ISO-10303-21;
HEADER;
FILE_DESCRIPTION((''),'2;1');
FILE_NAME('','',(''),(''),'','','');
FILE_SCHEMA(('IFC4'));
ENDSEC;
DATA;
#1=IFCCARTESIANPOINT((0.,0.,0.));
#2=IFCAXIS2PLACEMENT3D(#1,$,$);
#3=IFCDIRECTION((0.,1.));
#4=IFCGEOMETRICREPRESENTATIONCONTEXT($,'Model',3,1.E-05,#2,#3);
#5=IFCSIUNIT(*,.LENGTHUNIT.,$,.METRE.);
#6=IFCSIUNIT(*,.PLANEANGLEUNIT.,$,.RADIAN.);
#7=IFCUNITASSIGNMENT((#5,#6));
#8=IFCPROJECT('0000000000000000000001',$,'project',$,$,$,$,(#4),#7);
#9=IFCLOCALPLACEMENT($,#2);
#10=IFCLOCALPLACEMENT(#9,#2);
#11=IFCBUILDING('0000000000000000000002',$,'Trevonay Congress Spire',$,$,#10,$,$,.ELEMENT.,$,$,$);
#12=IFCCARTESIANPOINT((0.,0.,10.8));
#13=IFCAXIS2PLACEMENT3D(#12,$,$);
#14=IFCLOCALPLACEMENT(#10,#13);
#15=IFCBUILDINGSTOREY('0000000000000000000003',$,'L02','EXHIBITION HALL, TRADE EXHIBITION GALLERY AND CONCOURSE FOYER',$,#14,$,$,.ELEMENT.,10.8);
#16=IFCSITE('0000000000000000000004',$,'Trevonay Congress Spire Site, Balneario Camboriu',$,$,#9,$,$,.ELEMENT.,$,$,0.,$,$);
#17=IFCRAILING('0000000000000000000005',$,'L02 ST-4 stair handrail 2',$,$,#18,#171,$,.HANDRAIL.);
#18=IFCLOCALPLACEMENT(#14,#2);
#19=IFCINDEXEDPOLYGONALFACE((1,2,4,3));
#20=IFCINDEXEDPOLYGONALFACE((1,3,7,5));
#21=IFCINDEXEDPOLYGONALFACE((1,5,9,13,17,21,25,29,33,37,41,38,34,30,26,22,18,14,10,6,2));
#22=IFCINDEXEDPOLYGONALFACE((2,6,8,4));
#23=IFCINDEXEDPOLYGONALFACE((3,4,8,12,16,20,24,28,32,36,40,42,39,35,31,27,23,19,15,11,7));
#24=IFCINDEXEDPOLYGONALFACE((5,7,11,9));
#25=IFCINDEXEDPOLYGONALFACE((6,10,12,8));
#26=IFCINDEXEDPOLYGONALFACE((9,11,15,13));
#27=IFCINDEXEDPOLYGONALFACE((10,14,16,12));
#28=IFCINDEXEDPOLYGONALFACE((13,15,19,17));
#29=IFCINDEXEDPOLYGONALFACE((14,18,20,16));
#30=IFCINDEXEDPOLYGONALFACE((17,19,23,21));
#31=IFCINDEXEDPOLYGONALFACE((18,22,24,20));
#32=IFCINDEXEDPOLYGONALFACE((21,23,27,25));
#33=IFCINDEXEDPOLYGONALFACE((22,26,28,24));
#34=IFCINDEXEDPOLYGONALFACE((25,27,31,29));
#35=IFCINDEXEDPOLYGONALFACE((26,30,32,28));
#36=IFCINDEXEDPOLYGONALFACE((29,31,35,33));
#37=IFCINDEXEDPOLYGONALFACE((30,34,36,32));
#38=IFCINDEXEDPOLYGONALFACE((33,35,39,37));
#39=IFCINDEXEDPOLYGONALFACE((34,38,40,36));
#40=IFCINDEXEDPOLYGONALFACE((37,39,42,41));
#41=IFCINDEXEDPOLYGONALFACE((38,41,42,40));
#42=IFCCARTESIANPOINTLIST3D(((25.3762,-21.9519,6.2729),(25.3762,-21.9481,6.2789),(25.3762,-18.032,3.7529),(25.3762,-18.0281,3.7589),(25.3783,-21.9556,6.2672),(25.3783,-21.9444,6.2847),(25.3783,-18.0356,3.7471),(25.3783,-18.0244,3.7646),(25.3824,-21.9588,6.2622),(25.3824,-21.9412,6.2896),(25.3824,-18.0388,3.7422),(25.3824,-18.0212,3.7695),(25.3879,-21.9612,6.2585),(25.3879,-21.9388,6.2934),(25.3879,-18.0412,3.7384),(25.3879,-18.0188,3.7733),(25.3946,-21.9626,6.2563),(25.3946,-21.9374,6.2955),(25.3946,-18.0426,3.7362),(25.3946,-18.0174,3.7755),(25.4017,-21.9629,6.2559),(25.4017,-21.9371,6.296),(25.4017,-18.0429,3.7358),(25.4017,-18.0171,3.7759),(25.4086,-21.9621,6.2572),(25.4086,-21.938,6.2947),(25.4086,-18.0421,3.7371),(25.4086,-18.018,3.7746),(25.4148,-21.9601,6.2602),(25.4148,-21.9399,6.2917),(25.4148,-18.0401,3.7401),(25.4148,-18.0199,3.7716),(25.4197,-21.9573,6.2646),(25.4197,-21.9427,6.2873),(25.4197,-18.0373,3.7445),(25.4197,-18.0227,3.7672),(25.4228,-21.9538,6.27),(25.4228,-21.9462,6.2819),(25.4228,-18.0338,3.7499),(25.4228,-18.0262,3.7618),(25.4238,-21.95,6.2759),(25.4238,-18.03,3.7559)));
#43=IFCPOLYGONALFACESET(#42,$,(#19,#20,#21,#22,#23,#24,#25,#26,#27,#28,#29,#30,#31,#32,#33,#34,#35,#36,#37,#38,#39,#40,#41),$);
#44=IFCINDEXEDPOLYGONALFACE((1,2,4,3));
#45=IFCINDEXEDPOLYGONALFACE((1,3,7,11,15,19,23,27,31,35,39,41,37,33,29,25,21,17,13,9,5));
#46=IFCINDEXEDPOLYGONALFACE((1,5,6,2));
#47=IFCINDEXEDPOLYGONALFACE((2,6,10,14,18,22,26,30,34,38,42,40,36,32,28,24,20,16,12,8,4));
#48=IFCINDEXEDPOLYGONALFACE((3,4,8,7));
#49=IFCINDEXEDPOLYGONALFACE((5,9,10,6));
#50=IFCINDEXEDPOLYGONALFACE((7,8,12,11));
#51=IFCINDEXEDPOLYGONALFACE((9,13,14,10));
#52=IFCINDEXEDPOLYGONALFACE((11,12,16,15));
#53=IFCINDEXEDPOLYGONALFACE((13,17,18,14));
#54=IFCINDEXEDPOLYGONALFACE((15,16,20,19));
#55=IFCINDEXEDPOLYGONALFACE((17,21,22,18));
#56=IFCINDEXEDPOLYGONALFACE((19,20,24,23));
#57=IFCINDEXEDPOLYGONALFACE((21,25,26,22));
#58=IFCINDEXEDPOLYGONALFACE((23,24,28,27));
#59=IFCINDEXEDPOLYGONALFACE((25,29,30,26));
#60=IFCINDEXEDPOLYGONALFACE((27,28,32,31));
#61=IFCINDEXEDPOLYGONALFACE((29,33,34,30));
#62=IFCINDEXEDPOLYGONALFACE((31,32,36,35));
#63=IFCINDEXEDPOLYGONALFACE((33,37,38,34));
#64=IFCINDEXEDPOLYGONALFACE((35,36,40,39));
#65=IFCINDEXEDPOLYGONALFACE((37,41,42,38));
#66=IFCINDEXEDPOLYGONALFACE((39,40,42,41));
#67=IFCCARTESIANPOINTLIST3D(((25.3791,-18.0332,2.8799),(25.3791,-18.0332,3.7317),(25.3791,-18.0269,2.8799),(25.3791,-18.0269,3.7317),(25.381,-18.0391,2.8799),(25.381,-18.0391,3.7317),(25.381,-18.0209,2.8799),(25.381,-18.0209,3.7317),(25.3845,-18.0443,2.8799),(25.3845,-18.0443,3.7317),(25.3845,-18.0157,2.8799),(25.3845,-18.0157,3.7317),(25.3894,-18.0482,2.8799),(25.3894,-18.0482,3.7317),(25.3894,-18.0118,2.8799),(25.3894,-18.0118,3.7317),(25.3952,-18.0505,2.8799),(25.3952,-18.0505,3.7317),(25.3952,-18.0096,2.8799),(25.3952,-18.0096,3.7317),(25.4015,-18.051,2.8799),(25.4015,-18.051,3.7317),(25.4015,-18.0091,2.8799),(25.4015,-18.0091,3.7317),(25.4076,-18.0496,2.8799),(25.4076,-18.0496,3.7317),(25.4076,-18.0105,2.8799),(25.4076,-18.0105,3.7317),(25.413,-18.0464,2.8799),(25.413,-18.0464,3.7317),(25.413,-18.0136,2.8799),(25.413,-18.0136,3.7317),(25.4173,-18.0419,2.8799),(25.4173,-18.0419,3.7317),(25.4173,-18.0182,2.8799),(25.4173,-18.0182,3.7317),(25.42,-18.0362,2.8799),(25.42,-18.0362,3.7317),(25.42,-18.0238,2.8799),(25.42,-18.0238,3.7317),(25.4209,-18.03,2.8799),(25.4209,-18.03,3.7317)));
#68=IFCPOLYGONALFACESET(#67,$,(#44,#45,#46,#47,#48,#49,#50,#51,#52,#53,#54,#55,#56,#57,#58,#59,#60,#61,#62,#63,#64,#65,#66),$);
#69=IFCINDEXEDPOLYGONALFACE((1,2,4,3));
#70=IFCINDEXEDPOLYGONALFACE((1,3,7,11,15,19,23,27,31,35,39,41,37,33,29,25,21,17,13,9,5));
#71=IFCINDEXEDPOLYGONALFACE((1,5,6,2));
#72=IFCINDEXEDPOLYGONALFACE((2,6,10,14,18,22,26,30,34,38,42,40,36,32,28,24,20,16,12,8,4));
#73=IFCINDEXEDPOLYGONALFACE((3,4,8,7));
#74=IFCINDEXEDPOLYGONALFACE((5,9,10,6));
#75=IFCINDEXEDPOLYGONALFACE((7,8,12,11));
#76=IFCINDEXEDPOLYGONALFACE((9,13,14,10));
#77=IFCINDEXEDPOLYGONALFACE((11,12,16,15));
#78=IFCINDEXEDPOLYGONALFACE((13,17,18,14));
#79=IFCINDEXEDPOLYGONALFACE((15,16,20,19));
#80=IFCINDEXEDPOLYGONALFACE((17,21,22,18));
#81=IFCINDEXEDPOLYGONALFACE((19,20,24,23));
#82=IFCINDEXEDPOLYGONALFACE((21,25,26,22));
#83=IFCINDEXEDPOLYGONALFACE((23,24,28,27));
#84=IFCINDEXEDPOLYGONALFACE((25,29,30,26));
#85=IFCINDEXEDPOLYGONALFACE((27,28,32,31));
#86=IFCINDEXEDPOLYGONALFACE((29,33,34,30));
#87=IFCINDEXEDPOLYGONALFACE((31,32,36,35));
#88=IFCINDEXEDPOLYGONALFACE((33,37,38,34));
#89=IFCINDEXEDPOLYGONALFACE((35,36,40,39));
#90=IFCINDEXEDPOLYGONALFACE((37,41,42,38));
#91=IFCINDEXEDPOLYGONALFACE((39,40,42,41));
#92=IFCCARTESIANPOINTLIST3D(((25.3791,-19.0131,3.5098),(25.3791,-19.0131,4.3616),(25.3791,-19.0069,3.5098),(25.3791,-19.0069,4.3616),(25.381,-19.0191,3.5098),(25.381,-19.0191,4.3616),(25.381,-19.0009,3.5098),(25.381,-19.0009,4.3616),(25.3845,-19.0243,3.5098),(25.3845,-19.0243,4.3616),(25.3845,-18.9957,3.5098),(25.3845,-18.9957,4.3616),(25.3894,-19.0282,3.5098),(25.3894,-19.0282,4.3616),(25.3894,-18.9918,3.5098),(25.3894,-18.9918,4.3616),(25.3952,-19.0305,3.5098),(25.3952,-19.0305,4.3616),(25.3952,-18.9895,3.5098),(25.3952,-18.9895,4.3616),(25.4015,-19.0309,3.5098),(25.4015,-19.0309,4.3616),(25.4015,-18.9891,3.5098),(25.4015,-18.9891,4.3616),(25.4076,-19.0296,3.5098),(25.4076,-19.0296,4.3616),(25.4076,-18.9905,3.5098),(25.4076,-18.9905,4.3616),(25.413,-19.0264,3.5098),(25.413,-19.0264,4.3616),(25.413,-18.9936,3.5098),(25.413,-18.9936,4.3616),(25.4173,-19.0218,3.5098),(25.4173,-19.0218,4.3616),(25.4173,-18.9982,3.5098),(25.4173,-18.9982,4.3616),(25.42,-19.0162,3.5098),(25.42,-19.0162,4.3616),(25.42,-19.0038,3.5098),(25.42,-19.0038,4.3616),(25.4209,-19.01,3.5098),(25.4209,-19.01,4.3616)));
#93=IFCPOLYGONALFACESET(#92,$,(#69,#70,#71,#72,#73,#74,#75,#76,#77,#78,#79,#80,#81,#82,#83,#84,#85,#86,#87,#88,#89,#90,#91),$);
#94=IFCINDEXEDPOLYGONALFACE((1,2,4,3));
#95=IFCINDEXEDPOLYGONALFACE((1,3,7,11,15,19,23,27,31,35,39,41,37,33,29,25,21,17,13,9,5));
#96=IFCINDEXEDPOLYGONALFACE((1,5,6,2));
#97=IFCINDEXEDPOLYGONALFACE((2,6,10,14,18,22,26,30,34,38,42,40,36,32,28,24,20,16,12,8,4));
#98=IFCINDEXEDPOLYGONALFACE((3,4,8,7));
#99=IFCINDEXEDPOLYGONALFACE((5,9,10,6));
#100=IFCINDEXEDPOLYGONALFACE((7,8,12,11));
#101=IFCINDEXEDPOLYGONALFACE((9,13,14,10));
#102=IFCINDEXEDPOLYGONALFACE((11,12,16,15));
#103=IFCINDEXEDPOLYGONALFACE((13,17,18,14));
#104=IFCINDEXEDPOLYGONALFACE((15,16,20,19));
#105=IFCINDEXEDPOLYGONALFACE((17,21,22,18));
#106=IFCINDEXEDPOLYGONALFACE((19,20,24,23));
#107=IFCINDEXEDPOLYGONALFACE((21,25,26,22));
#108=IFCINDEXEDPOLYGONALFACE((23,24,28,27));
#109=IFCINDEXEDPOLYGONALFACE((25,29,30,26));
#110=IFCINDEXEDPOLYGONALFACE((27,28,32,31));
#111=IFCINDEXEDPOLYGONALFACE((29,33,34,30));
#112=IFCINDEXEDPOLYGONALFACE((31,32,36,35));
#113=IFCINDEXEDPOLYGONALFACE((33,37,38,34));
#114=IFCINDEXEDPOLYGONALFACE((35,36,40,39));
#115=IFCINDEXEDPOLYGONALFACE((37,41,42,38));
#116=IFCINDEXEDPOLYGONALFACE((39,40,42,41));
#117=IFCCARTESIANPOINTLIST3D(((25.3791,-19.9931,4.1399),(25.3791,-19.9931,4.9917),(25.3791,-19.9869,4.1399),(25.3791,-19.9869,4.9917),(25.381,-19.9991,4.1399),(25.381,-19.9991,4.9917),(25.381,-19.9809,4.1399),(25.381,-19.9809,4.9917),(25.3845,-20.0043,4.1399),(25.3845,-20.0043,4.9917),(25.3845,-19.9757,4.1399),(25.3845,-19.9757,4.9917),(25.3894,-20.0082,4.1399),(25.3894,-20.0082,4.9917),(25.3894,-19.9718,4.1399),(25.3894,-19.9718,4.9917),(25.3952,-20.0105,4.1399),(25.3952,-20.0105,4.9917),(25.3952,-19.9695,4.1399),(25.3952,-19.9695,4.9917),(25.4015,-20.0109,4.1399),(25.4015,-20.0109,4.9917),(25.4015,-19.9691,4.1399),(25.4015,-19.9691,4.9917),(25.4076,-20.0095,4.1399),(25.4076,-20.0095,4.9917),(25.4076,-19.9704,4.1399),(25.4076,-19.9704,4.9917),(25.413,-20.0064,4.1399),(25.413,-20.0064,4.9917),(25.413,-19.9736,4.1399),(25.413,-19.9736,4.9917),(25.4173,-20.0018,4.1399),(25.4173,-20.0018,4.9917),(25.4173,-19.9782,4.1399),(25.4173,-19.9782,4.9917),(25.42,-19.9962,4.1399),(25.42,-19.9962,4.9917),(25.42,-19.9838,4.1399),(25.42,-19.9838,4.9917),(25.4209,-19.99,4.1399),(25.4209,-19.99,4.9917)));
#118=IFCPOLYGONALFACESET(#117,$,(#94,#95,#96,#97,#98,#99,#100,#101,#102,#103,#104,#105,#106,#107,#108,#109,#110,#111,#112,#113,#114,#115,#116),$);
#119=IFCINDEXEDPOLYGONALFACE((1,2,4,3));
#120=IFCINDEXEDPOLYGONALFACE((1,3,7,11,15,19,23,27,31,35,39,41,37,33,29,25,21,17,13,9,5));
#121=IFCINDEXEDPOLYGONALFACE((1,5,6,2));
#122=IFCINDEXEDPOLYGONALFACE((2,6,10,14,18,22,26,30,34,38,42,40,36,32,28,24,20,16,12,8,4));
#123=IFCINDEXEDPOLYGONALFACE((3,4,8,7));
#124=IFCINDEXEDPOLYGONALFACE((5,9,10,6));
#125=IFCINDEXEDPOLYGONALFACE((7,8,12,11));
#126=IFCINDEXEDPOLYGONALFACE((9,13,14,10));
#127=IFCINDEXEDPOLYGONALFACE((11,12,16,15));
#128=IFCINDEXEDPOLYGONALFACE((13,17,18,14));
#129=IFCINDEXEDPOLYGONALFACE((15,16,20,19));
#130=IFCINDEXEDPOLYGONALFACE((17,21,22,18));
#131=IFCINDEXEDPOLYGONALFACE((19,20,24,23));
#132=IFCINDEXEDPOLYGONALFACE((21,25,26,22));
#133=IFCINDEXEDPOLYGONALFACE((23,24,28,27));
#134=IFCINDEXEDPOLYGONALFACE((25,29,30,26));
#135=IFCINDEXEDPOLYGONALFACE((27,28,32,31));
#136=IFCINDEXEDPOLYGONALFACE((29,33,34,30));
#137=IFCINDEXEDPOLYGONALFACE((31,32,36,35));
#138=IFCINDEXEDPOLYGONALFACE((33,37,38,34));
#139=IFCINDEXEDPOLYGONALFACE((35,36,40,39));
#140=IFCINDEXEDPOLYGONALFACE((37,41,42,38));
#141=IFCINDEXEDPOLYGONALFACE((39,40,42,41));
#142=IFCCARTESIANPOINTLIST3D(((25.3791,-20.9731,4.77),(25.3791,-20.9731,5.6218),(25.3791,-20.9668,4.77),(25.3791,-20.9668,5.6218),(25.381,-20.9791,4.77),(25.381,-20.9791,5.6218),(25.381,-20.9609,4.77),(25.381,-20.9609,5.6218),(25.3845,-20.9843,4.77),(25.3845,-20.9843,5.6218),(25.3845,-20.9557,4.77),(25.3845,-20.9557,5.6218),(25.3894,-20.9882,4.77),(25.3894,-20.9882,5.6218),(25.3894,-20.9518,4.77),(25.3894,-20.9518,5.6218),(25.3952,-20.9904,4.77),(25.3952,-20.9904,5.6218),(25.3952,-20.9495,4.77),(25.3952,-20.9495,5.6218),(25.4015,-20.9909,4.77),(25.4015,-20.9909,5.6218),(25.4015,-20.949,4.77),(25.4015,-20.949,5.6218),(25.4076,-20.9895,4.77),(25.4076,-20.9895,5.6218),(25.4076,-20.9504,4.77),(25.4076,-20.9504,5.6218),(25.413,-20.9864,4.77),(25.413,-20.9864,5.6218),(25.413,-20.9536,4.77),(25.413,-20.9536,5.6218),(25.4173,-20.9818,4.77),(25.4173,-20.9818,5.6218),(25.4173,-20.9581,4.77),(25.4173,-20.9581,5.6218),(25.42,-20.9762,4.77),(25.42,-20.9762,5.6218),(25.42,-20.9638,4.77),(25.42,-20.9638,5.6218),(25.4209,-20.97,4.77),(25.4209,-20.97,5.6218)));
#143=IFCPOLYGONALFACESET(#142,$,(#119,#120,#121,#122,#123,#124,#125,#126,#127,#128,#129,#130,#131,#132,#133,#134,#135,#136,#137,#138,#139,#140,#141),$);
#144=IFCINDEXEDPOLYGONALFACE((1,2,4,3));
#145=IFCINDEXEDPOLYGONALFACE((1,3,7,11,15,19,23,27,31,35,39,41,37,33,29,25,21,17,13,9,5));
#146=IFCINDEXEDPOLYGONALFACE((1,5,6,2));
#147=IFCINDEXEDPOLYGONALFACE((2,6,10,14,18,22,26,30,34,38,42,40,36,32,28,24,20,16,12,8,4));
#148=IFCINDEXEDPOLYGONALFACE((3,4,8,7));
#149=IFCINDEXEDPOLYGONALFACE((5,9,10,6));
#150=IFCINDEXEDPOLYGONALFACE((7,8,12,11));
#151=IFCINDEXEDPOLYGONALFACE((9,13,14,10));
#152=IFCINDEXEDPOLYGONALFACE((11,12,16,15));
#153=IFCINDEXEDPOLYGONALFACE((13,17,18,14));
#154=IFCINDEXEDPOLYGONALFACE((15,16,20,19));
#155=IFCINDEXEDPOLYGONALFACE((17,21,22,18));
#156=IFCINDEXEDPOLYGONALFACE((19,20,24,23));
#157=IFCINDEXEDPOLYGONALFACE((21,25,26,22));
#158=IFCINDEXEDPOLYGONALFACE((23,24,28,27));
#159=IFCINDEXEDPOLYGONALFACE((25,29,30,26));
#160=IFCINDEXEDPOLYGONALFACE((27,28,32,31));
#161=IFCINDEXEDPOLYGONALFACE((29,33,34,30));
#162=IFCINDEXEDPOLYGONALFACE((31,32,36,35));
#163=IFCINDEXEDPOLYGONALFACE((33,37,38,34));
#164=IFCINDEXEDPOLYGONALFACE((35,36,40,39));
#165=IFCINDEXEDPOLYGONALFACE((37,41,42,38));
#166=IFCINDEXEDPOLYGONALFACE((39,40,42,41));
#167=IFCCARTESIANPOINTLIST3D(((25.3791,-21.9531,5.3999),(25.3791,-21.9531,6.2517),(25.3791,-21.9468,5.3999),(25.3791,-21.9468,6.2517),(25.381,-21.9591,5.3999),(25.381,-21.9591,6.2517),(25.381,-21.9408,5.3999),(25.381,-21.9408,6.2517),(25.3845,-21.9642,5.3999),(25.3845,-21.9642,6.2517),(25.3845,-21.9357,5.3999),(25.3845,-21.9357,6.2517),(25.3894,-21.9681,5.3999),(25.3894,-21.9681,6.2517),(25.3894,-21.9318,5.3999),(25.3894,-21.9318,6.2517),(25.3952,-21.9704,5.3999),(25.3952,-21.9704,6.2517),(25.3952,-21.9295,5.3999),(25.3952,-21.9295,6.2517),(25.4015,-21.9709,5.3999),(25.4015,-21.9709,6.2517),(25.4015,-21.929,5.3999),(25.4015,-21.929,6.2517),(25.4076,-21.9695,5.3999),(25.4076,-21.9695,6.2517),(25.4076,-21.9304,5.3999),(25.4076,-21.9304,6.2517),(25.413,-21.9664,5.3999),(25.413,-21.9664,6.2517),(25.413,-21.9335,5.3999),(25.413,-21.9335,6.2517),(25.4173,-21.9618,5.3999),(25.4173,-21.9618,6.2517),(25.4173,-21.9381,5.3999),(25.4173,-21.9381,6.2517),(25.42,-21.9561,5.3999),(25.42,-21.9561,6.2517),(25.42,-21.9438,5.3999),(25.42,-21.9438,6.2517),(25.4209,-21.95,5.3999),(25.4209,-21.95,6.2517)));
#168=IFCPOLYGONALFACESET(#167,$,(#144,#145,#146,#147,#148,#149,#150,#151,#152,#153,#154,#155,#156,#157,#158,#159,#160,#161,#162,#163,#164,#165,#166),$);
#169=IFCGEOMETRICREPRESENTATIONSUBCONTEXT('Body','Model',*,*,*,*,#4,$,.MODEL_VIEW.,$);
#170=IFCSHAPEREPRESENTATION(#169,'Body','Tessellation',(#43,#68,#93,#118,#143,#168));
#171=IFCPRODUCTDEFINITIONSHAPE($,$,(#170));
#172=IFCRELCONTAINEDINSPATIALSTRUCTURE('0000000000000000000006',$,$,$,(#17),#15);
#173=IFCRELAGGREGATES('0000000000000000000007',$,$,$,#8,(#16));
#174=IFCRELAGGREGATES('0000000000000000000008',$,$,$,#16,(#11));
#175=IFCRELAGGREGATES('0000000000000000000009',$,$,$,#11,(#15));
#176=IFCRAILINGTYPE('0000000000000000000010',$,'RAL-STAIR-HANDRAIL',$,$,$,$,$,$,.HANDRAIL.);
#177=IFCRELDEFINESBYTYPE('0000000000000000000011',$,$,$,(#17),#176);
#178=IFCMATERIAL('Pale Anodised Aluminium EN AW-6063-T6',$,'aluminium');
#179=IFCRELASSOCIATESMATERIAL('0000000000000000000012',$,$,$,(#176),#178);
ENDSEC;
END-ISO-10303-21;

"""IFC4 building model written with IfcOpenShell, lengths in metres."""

from ifc_helpers import new_model, si_unit, direction, frame, origin, origin_2d, place, context, subcontext, project, spatial, circle, extrude, material, type_object, element, save


model = new_model("IFC4")

# Units and contexts
model_context = context("Model", 3, precision=1e-05, world=origin(), true_north=direction((0.0, 1.0)))
body_context = subcontext(model_context, "Body", "Model", "MODEL_VIEW")
ifc_project = project(units=[si_unit("LENGTHUNIT", "METRE"), si_unit("PLANEANGLEUNIT", "RADIAN")], contexts=[model_context])

# Site, building, storey
site_placement = place(None, origin())
site = spatial("IfcSite", under=ifc_project, at=site_placement, Name="Trevonay Congress Spire Site, Balneario Camboriu", CompositionType="ELEMENT", RefElevation=0.0)
building_placement = place(site_placement, origin())
building = spatial("IfcBuilding", under=site, at=building_placement, Name="Trevonay Congress Spire", CompositionType="ELEMENT")
storey_placement = place(building_placement, frame((0.0, 0.0, 10.8)))
storey = spatial("IfcBuildingStorey", under=building, at=storey_placement, Name="L02", Description="EXHIBITION HALL, TRADE EXHIBITION GALLERY AND CONCOURSE FOYER", CompositionType="ELEMENT", Elevation=10.8)

# Shared definitions
ifc_material_1 = material(Name="Pale Anodised Aluminium EN AW-6063-T6", Category="aluminium")

# Railing
railing_type_1 = type_object("IfcRailingType", Name="RAL-STAIR-HANDRAIL", PredefinedType="HANDRAIL", material=ifc_material_1)
railing_1_placement = place(storey_placement, frame((25.3999, -18.03, 2.8799)))
element("IfcRailing", 1, at=railing_1_placement, inside=storey, type_object=railing_type_1, Name="L02 ST-4 stair handrail 2", PredefinedType="HANDRAIL", context=body_context, shape_type="SweptSolid", body=[
    extrude(circle(Radius=0.0239, at=origin_2d()), frame((0.0, 0.0, 0.876), z_axis=(0.0, -0.841172, 0.540768), x_axis=(1.0, 0.0, 0.0)), (0.0, 0.0, 1.0), 4.6602),
    extrude(circle(Radius=0.021, at=origin_2d()), origin(), (0.0, 0.0, 1.0), 0.8518),
    extrude(circle(Radius=0.021, at=origin_2d()), frame((0.0, -0.98, 0.6299)), (0.0, 0.0, 1.0), 0.8518),
    extrude(circle(Radius=0.021, at=origin_2d()), frame((0.0, -1.96, 1.26)), (0.0, 0.0, 1.0), 0.8518),
    extrude(circle(Radius=0.021, at=origin_2d()), frame((0.0, -2.9399, 1.8901)), (0.0, 0.0, 1.0), 0.8518),
    extrude(circle(Radius=0.021, at=origin_2d()), frame((0.0, -3.9199, 2.52)), (0.0, 0.0, 1.0), 0.8518),
])

save(model, "model.ifc")
